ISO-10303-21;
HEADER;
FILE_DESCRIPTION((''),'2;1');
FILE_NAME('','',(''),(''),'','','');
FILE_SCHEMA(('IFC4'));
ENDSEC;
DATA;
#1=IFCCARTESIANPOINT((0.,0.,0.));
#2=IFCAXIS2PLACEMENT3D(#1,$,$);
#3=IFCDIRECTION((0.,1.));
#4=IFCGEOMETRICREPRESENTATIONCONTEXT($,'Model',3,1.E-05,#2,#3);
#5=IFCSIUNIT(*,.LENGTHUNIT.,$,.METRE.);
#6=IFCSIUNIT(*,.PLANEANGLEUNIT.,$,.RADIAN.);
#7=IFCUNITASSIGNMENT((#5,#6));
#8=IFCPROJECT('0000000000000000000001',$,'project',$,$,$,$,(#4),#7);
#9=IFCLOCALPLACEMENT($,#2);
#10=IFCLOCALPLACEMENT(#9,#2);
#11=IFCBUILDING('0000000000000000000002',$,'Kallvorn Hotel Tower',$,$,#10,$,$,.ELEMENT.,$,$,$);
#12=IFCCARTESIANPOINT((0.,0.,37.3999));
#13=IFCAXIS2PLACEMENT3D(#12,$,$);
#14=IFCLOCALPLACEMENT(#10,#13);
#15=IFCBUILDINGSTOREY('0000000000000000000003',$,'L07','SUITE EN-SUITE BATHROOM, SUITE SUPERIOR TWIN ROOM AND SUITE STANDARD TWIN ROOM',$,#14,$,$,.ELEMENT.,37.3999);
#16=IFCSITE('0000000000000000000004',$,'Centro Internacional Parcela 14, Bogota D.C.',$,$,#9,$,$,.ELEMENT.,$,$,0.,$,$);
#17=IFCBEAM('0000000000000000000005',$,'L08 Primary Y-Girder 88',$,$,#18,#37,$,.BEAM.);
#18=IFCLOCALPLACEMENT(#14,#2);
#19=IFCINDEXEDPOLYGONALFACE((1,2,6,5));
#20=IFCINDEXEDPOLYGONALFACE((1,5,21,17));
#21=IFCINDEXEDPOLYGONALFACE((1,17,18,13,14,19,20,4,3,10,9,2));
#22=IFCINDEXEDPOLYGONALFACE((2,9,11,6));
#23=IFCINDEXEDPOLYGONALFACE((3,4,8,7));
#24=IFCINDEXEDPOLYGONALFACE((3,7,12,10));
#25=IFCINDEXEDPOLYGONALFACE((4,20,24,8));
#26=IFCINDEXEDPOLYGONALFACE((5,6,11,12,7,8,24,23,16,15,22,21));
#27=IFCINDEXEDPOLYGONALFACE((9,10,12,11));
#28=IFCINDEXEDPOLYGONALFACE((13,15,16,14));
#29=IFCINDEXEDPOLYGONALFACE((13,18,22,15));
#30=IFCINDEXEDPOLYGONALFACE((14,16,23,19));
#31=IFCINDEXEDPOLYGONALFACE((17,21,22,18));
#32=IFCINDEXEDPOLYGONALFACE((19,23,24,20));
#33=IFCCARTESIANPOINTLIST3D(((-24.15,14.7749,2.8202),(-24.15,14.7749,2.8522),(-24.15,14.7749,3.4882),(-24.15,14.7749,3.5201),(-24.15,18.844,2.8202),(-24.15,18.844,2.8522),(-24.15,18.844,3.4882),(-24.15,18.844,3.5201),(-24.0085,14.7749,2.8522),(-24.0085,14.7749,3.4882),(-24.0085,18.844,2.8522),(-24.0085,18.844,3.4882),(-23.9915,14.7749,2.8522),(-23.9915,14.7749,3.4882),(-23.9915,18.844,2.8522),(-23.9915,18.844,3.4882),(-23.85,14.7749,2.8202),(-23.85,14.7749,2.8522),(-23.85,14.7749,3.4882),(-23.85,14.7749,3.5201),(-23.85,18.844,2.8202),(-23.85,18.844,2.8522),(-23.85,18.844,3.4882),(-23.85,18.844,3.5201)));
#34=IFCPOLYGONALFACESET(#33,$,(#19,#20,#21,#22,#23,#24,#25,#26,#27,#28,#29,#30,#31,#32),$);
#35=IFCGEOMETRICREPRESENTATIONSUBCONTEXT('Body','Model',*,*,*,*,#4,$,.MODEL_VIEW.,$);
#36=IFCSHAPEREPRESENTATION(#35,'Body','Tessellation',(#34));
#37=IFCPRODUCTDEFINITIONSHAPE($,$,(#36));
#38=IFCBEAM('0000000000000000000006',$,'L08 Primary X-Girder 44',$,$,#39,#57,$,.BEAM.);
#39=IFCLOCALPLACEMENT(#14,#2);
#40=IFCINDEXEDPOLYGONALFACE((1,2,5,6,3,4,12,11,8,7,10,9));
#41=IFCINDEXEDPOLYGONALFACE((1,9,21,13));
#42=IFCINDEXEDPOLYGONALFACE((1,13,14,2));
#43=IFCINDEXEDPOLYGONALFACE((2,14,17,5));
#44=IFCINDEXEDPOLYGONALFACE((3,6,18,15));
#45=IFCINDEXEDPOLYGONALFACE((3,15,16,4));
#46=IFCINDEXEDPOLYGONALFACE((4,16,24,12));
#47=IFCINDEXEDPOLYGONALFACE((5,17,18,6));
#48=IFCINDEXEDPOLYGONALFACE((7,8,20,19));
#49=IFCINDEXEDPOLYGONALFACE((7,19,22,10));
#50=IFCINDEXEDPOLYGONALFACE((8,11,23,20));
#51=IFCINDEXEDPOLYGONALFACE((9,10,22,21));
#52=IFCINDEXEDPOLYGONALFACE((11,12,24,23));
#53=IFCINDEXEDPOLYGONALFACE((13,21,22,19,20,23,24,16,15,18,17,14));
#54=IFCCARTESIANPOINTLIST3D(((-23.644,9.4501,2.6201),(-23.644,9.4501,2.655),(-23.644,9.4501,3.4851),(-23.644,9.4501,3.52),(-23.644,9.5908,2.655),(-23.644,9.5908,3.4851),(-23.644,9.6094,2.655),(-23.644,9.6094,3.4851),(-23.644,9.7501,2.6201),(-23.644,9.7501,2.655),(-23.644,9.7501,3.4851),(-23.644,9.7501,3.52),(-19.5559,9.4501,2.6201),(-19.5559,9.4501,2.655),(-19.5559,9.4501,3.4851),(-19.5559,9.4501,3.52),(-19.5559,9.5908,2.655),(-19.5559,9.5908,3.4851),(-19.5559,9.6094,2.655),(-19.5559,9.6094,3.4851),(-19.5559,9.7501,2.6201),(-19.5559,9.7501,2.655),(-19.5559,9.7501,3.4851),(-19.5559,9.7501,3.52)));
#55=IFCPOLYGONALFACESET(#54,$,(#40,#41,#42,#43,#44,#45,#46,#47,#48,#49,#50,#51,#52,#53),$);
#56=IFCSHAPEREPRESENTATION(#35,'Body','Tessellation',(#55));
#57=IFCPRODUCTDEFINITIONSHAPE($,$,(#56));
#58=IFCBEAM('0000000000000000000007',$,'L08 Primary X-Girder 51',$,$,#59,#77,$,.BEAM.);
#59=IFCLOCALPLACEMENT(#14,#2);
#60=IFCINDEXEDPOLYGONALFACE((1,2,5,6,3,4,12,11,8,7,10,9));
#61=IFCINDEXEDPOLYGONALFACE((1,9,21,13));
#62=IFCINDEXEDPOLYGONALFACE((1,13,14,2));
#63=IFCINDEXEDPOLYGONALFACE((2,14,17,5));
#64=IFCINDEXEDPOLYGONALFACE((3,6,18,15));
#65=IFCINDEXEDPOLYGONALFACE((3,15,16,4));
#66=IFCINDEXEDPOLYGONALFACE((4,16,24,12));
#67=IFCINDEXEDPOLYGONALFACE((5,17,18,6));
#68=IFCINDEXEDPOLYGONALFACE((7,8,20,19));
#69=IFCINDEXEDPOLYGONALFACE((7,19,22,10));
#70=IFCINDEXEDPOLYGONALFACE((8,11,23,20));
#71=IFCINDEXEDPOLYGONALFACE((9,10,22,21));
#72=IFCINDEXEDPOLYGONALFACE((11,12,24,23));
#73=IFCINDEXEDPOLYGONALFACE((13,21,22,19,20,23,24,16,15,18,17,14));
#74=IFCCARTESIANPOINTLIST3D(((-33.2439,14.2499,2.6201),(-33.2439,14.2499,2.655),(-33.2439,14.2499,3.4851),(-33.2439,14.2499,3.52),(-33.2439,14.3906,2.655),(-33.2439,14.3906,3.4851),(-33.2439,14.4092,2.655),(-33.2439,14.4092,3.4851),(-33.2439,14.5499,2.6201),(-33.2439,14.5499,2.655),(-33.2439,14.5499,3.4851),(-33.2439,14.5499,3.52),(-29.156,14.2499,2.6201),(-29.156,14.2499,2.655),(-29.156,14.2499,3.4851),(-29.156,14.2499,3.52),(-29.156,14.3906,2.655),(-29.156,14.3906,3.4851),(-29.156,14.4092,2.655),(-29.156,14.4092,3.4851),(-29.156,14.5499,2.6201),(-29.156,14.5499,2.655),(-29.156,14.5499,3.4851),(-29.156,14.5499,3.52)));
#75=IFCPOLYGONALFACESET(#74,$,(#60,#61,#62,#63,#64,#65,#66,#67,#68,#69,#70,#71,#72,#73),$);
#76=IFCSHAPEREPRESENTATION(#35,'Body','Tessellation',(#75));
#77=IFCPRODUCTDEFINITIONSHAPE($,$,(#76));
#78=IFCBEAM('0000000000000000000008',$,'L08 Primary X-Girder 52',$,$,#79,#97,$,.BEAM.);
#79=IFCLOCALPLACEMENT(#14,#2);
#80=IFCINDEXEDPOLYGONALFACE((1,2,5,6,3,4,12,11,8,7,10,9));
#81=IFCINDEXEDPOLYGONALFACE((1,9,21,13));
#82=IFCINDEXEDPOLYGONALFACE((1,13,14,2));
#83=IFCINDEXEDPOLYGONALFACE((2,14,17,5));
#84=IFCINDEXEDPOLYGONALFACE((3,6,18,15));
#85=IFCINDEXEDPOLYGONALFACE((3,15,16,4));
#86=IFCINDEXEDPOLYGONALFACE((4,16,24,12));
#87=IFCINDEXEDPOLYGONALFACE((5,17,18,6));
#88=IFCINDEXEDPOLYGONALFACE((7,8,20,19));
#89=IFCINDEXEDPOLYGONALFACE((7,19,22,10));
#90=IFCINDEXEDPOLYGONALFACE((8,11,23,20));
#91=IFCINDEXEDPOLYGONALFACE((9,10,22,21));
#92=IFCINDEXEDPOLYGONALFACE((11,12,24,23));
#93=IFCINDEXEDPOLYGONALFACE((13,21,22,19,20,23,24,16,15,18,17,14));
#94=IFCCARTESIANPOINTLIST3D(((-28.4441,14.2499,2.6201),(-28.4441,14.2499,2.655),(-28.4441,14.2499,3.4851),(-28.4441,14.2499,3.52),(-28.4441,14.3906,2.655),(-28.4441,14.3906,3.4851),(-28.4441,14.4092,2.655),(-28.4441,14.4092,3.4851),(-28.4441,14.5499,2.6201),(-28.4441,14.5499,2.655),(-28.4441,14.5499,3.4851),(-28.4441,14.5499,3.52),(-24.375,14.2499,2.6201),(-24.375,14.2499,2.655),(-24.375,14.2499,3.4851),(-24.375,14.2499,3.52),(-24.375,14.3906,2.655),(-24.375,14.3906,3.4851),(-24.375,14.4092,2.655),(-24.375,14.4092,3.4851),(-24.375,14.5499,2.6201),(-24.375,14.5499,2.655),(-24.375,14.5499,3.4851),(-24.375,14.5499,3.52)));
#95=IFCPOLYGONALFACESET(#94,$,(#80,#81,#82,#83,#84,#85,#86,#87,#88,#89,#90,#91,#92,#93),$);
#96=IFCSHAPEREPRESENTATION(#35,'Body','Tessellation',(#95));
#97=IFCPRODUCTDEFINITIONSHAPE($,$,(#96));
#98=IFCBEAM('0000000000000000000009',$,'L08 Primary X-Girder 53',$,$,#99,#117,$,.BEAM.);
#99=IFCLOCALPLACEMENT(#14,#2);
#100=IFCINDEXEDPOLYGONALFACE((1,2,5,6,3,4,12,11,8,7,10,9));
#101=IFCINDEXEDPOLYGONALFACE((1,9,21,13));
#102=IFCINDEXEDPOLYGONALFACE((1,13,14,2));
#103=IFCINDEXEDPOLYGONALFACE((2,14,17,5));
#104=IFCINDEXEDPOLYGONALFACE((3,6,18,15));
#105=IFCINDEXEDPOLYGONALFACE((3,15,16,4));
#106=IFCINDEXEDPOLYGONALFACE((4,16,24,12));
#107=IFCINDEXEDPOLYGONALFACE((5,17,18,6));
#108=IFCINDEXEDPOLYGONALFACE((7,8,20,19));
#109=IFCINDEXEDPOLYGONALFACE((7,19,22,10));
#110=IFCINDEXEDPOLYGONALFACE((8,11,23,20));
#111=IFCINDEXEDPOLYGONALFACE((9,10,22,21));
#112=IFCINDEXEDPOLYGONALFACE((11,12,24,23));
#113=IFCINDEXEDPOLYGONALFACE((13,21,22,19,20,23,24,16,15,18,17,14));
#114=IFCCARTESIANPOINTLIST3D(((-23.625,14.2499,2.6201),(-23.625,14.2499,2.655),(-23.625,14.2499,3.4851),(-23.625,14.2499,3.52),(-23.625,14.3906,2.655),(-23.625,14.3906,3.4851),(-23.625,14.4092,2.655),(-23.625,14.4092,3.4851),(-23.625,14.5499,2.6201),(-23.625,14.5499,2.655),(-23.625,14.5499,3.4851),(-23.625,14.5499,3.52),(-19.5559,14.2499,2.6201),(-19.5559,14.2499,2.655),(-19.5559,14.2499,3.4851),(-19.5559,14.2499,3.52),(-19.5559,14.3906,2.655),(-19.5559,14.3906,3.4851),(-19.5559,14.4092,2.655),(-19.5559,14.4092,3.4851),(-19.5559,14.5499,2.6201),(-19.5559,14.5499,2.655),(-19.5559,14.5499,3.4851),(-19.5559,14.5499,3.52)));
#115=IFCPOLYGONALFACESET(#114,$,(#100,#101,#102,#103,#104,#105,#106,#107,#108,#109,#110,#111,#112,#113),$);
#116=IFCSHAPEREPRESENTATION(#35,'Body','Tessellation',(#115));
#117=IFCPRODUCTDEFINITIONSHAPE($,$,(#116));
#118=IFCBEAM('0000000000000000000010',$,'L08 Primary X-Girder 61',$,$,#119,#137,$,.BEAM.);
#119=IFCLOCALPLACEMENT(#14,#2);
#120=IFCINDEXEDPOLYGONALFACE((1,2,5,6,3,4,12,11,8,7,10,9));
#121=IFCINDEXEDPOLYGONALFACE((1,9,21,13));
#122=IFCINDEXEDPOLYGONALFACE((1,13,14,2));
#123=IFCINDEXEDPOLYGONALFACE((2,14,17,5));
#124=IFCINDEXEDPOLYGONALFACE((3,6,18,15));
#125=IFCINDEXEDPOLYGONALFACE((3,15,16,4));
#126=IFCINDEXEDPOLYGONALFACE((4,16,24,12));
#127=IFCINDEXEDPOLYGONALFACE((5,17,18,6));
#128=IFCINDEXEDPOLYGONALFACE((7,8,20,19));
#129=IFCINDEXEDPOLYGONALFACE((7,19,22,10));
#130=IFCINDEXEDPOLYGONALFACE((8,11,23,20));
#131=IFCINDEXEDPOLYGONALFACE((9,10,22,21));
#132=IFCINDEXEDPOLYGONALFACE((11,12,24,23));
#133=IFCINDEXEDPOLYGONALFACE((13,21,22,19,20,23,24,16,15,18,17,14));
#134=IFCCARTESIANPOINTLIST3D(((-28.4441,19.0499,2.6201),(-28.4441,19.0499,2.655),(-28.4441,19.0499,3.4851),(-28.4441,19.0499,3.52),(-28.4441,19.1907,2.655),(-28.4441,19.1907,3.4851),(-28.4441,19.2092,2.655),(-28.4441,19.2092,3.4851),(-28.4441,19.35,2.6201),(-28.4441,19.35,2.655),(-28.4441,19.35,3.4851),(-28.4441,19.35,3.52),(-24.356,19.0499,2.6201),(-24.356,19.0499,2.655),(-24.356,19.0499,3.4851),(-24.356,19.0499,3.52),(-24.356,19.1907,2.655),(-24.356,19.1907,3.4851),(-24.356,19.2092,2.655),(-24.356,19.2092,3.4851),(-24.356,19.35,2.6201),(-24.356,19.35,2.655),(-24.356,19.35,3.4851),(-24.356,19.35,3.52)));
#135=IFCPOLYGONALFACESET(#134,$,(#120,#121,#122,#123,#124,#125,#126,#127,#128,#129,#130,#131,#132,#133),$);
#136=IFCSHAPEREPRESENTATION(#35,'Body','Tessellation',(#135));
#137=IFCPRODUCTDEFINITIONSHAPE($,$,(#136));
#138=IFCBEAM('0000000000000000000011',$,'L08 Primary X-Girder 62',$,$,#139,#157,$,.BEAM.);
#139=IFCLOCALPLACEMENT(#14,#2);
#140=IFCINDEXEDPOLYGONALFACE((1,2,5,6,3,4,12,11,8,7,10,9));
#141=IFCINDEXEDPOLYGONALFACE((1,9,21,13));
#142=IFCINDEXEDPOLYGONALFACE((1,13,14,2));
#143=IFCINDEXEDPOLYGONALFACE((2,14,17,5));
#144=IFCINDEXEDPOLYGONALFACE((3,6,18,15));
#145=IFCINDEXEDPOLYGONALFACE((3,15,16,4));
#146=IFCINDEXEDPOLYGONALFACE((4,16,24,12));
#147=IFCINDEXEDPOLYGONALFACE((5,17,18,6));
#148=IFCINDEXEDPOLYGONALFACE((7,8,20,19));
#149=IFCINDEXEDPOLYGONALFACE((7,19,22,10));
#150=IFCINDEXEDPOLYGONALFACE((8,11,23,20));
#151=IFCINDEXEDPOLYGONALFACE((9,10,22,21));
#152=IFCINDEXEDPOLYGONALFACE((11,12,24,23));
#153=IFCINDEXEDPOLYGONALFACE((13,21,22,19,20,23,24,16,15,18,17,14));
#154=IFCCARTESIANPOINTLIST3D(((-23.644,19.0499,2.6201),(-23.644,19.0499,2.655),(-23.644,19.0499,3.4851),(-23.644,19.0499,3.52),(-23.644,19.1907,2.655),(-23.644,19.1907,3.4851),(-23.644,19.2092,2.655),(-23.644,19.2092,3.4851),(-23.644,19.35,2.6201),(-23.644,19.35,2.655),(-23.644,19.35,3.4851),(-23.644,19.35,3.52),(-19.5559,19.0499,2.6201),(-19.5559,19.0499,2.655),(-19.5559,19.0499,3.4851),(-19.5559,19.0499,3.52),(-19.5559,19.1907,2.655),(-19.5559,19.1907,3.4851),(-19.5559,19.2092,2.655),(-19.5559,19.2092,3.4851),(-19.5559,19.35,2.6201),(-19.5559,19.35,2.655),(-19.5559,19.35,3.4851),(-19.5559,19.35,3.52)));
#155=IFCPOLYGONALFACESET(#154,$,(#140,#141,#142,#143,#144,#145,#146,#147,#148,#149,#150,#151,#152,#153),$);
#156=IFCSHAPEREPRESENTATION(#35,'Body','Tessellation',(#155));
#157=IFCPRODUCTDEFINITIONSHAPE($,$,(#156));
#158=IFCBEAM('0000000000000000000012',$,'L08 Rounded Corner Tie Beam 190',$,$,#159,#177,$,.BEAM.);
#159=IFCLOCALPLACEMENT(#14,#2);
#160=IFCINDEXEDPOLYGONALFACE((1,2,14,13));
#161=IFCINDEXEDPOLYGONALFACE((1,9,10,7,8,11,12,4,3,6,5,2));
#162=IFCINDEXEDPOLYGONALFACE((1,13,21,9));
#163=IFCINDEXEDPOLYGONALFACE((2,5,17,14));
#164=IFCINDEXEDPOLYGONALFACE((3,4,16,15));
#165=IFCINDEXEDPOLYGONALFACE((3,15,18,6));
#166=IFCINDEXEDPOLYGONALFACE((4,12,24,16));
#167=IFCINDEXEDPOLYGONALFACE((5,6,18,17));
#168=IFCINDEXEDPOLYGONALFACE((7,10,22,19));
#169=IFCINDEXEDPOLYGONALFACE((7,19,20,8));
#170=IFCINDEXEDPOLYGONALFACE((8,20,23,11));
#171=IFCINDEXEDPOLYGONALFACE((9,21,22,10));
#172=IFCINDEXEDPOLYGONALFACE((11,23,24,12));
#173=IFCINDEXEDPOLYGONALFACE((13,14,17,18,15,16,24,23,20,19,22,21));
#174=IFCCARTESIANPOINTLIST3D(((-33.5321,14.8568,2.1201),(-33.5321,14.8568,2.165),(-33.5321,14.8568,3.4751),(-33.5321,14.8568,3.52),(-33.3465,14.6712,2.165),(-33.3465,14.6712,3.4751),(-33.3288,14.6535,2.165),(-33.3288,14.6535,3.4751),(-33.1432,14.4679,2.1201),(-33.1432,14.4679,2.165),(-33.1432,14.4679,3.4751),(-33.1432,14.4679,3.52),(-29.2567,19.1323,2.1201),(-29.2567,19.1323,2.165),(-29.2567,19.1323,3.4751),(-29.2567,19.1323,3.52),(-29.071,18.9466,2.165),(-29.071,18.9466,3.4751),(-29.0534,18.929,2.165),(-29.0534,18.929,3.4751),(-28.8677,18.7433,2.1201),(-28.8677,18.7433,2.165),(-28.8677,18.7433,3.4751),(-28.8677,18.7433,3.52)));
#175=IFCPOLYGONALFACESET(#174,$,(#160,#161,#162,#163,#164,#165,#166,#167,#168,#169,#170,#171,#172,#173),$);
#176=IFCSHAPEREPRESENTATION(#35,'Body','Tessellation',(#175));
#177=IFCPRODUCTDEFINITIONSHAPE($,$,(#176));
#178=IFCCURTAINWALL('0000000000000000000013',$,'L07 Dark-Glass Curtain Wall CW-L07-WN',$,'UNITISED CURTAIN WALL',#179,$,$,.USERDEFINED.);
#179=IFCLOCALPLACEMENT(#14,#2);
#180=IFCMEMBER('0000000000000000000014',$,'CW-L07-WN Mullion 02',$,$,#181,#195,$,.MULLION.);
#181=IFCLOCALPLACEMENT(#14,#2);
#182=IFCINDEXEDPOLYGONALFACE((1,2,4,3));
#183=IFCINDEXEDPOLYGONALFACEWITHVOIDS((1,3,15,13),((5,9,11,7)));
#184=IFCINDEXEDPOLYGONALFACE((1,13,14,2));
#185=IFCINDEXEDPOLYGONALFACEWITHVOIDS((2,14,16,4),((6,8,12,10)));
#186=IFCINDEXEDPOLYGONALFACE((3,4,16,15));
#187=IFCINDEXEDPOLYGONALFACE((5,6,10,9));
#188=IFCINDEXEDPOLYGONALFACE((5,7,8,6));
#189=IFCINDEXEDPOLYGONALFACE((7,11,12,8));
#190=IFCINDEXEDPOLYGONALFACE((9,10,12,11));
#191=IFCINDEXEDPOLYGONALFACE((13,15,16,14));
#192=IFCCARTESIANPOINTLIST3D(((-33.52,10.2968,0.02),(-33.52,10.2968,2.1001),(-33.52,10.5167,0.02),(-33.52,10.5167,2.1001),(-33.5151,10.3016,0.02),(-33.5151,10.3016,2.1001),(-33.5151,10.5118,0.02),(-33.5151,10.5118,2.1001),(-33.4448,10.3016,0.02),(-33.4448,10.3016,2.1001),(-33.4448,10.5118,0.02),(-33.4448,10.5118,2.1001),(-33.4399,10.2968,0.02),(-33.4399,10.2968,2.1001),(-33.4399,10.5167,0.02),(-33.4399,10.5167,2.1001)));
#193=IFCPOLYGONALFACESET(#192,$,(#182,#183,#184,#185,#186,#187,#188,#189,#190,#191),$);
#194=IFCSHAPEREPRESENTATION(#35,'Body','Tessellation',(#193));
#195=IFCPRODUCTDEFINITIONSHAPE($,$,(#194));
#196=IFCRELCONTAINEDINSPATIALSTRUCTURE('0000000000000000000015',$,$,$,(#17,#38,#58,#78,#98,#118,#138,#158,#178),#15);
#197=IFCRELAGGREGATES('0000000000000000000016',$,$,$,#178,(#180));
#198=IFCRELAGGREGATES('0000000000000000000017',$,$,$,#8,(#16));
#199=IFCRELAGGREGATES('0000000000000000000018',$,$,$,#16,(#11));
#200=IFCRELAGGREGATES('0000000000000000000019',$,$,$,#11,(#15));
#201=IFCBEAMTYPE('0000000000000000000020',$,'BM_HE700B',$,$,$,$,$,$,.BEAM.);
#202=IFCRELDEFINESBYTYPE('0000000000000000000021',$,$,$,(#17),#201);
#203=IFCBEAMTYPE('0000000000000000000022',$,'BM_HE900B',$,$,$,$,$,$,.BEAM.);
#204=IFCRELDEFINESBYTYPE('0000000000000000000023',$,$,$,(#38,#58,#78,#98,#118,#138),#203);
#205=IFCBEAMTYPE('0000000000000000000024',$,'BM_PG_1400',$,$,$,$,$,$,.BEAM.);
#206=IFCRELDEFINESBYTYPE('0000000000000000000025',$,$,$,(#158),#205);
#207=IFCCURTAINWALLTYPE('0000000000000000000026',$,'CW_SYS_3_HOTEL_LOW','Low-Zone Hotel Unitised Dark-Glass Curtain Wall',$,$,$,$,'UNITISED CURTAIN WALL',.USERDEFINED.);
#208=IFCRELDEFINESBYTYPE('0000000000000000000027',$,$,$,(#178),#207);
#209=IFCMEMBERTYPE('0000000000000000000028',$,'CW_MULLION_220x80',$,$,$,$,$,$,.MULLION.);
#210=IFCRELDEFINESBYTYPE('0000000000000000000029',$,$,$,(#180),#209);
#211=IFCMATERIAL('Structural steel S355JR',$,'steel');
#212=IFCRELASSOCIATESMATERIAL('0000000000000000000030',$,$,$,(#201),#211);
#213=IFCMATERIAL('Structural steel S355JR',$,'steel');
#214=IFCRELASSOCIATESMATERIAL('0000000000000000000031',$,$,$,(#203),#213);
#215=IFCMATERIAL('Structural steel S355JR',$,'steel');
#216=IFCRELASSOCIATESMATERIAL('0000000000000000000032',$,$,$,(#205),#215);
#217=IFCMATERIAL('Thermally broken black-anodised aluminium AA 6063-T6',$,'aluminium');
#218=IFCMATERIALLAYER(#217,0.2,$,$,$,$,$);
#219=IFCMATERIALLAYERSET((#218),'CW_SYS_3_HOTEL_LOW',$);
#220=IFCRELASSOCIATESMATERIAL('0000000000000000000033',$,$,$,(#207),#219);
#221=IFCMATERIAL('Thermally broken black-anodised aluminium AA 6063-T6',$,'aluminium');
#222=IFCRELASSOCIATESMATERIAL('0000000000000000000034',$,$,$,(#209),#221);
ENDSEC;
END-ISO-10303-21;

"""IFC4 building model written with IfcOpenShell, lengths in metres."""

from ifc_helpers import new_model, si_unit, direction, frame, origin, origin_2d, place, context, subcontext, project, spatial, hollow_rectangle, i_section, extrude, material, layer, layer_set, material_profile, profile_set, type_object, element, aggregate, save


model = new_model("IFC4")

# Units and contexts
model_context = context("Model", 3, precision=1e-05, world=origin(), true_north=direction((0.0, 1.0)))
body_context = subcontext(model_context, "Body", "Model", "MODEL_VIEW")
ifc_project = project(units=[si_unit("LENGTHUNIT", "METRE"), si_unit("PLANEANGLEUNIT", "RADIAN")], contexts=[model_context])

# Site, building, storey
site_placement = place(None, origin())
site = spatial("IfcSite", under=ifc_project, at=site_placement, Name="Centro Internacional Parcela 14, Bogota D.C.", CompositionType="ELEMENT", RefElevation=0.0)
building_placement = place(site_placement, origin())
building = spatial("IfcBuilding", under=site, at=building_placement, Name="Kallvorn Hotel Tower", CompositionType="ELEMENT")
storey_placement = place(building_placement, frame((0.0, 0.0, 37.3999)))
storey = spatial("IfcBuildingStorey", under=building, at=storey_placement, Name="L07", Description="SUITE EN-SUITE BATHROOM, SUITE SUPERIOR TWIN ROOM AND SUITE STANDARD TWIN ROOM", CompositionType="ELEMENT", Elevation=37.3999)

# Beams
ifc_material_1 = material(Name="Structural steel S355JR", Category="steel")
ifc_material_profile_1 = material_profile(ifc_material_1, i_section(OverallWidth=0.3, OverallDepth=0.7, WebThickness=0.0171, FlangeThickness=0.032, at=origin_2d()), Name="HE 700 B")
ifc_profile_set_1 = profile_set([ifc_material_profile_1], Name="Structural steel S355JR")
beam_type_1 = type_object("IfcBeamType", Name="BM_HE700B", PredefinedType="BEAM", material=ifc_profile_set_1)
beam_1_placement = place(storey_placement, frame((-24.0, 14.7749, 3.1702), z_axis=(0.0, 1.0, 0.0), x_axis=(-1.0, 0.0, 0.0)))
element("IfcBeam", 1, at=beam_1_placement, inside=storey, type_object=beam_type_1, Name="L08 Primary Y-Girder 88", PredefinedType="BEAM", context=body_context, shape_type="SweptSolid", body=[
    extrude(i_section(OverallWidth=0.3, OverallDepth=0.7, WebThickness=0.0171, FlangeThickness=0.032, at=origin_2d()), origin(), (0.0, 0.0, 1.0), 4.0691),
])
ifc_material_2 = material(Name="Structural steel S355JR", Category="steel")
ifc_material_profile_2 = material_profile(ifc_material_2, i_section(OverallWidth=0.3, OverallDepth=0.8999, WebThickness=0.0186, FlangeThickness=0.0349, at=origin_2d()), Name="HE 900 B")
ifc_profile_set_2 = profile_set([ifc_material_profile_2], Name="Structural steel S355JR")
beam_type_2 = type_object("IfcBeamType", Name="BM_HE900B", PredefinedType="BEAM", material=ifc_profile_set_2)
beam_2_placement = place(storey_placement, frame((-23.644, 9.6001, 3.0701), z_axis=(1.0, 0.0, 0.0), x_axis=(0.0, 1.0, 0.0)))
element("IfcBeam", 2, at=beam_2_placement, inside=storey, type_object=beam_type_2, Name="L08 Primary X-Girder 44", PredefinedType="BEAM", context=body_context, shape_type="SweptSolid", body=[
    extrude(i_section(OverallWidth=0.3, OverallDepth=0.8999, WebThickness=0.0186, FlangeThickness=0.0349, at=origin_2d()), origin(), (0.0, 0.0, 1.0), 4.0881),
])
beam_3_placement = place(storey_placement, frame((-33.2439, 14.3999, 3.0701), z_axis=(1.0, 0.0, 0.0), x_axis=(0.0, 1.0, 0.0)))
element("IfcBeam", 3, at=beam_3_placement, inside=storey, type_object=beam_type_2, Name="L08 Primary X-Girder 51", PredefinedType="BEAM", context=body_context, shape_type="SweptSolid", body=[
    extrude(i_section(OverallWidth=0.3, OverallDepth=0.8999, WebThickness=0.0186, FlangeThickness=0.0349, at=origin_2d()), origin(), (0.0, 0.0, 1.0), 4.0879),
])
for number, where, z_axis, x_axis, name in (
    (4, (-28.4441, 14.3999, 3.0701), (1.0, 0.0, 0.0), (0.0, 1.0, 0.0), "L08 Primary X-Girder 52"),
    (5, (-23.625, 14.3999, 3.0701), (1.0, 0.0, 0.0), (0.0, 1.0, 0.0), "L08 Primary X-Girder 53"),
):
    element("IfcBeam", number, at=place(storey_placement, frame(where, z_axis=z_axis, x_axis=x_axis)), inside=storey, type_object=beam_type_2, Name=name, PredefinedType="BEAM", context=body_context, shape_type="SweptSolid", body=[
        extrude(i_section(OverallWidth=0.3, OverallDepth=0.8999, WebThickness=0.0186, FlangeThickness=0.0349, at=origin_2d()), origin(), (0.0, 0.0, 1.0), 4.0691),
    ])
for number, where, z_axis, x_axis, name in (
    (6, (-28.4441, 19.2, 3.0701), (1.0, 0.0, 0.0), (0.0, 1.0, 0.0), "L08 Primary X-Girder 61"),
    (7, (-23.644, 19.2, 3.0701), (1.0, 0.0, 0.0), (0.0, 1.0, 0.0), "L08 Primary X-Girder 62"),
):
    element("IfcBeam", number, at=place(storey_placement, frame(where, z_axis=z_axis, x_axis=x_axis)), inside=storey, type_object=beam_type_2, Name=name, PredefinedType="BEAM", context=body_context, shape_type="SweptSolid", body=[
        extrude(i_section(OverallWidth=0.3, OverallDepth=0.8999, WebThickness=0.0186, FlangeThickness=0.0349, at=origin_2d()), origin(), (0.0, 0.0, 1.0), 4.0881),
    ])
ifc_material_3 = material(Name="Structural steel S355JR", Category="steel")
ifc_material_profile_3 = material_profile(ifc_material_3, i_section(OverallWidth=0.55, OverallDepth=1.3999, WebThickness=0.0249, FlangeThickness=0.0449, at=origin_2d()), Name="PG 1400x550x25x45")
ifc_profile_set_3 = profile_set([ifc_material_profile_3], Name="Structural steel S355JR")
beam_type_3 = type_object("IfcBeamType", Name="BM_PG_1400", PredefinedType="BEAM", material=ifc_profile_set_3)
beam_4_placement = place(storey_placement, frame((-33.3376, 14.6624, 2.8201), z_axis=(0.707107, 0.707107, 0.0), x_axis=(-0.707107, 0.707107, 0.0)))
element("IfcBeam", 8, at=beam_4_placement, inside=storey, type_object=beam_type_3, Name="L08 Rounded Corner Tie Beam 190", PredefinedType="BEAM", context=body_context, shape_type="SweptSolid", body=[
    extrude(i_section(OverallWidth=0.55, OverallDepth=1.3999, WebThickness=0.0249, FlangeThickness=0.0449, at=origin_2d()), origin(), (0.0, 0.0, 1.0), 6.0464),
])

# Curtain wall, member
ifc_material_4 = material(Name="Thermally broken black-anodised aluminium AA 6063-T6", Category="aluminium")
ifc_layer_1 = layer(ifc_material_4, 0.2)
ifc_layer_set_1 = layer_set([ifc_layer_1], Name="CW_SYS_3_HOTEL_LOW")
curtain_wall_type = type_object("IfcCurtainWallType", Name="CW_SYS_3_HOTEL_LOW", Description="Low-Zone Hotel Unitised Dark-Glass Curtain Wall", ElementType="UNITISED CURTAIN WALL", PredefinedType="USERDEFINED", material=ifc_layer_set_1)
curtain_wall_placement = place(storey_placement, origin())
curtain_wall = element("IfcCurtainWall", 9, at=curtain_wall_placement, inside=storey, type_object=curtain_wall_type, Name="L07 Dark-Glass Curtain Wall CW-L07-WN", ObjectType="UNITISED CURTAIN WALL", PredefinedType="USERDEFINED")
ifc_material_5 = material(Name="Thermally broken black-anodised aluminium AA 6063-T6", Category="aluminium")
ifc_material_profile_4 = material_profile(ifc_material_5, hollow_rectangle(XDim=0.0801, YDim=0.22, WallThickness=0.0049, at=origin_2d()), Name="MUL 220x80")
ifc_profile_set_4 = profile_set([ifc_material_profile_4], Name="Thermally broken black-anodised aluminium AA 6063-T6")
member_type_1 = type_object("IfcMemberType", Name="CW_MULLION_220x80", PredefinedType="MULLION", material=ifc_profile_set_4)
member_1_placement = place(storey_placement, frame((-33.48, 10.4067, 0.02), z_axis=(0.0, 0.0, 1.0), x_axis=(1.0, 0.0, 0.0)))
member_1 = element("IfcMember", 10, at=member_1_placement, type_object=member_type_1, Name="CW-L07-WN Mullion 02", PredefinedType="MULLION", context=body_context, shape_type="SweptSolid", body=[
    extrude(hollow_rectangle(XDim=0.0801, YDim=0.22, WallThickness=0.0049, at=origin_2d()), origin(), (0.0, 0.0, 1.0), 2.0801),
])

aggregate(curtain_wall, [member_1])

save(model, "model.ifc")
